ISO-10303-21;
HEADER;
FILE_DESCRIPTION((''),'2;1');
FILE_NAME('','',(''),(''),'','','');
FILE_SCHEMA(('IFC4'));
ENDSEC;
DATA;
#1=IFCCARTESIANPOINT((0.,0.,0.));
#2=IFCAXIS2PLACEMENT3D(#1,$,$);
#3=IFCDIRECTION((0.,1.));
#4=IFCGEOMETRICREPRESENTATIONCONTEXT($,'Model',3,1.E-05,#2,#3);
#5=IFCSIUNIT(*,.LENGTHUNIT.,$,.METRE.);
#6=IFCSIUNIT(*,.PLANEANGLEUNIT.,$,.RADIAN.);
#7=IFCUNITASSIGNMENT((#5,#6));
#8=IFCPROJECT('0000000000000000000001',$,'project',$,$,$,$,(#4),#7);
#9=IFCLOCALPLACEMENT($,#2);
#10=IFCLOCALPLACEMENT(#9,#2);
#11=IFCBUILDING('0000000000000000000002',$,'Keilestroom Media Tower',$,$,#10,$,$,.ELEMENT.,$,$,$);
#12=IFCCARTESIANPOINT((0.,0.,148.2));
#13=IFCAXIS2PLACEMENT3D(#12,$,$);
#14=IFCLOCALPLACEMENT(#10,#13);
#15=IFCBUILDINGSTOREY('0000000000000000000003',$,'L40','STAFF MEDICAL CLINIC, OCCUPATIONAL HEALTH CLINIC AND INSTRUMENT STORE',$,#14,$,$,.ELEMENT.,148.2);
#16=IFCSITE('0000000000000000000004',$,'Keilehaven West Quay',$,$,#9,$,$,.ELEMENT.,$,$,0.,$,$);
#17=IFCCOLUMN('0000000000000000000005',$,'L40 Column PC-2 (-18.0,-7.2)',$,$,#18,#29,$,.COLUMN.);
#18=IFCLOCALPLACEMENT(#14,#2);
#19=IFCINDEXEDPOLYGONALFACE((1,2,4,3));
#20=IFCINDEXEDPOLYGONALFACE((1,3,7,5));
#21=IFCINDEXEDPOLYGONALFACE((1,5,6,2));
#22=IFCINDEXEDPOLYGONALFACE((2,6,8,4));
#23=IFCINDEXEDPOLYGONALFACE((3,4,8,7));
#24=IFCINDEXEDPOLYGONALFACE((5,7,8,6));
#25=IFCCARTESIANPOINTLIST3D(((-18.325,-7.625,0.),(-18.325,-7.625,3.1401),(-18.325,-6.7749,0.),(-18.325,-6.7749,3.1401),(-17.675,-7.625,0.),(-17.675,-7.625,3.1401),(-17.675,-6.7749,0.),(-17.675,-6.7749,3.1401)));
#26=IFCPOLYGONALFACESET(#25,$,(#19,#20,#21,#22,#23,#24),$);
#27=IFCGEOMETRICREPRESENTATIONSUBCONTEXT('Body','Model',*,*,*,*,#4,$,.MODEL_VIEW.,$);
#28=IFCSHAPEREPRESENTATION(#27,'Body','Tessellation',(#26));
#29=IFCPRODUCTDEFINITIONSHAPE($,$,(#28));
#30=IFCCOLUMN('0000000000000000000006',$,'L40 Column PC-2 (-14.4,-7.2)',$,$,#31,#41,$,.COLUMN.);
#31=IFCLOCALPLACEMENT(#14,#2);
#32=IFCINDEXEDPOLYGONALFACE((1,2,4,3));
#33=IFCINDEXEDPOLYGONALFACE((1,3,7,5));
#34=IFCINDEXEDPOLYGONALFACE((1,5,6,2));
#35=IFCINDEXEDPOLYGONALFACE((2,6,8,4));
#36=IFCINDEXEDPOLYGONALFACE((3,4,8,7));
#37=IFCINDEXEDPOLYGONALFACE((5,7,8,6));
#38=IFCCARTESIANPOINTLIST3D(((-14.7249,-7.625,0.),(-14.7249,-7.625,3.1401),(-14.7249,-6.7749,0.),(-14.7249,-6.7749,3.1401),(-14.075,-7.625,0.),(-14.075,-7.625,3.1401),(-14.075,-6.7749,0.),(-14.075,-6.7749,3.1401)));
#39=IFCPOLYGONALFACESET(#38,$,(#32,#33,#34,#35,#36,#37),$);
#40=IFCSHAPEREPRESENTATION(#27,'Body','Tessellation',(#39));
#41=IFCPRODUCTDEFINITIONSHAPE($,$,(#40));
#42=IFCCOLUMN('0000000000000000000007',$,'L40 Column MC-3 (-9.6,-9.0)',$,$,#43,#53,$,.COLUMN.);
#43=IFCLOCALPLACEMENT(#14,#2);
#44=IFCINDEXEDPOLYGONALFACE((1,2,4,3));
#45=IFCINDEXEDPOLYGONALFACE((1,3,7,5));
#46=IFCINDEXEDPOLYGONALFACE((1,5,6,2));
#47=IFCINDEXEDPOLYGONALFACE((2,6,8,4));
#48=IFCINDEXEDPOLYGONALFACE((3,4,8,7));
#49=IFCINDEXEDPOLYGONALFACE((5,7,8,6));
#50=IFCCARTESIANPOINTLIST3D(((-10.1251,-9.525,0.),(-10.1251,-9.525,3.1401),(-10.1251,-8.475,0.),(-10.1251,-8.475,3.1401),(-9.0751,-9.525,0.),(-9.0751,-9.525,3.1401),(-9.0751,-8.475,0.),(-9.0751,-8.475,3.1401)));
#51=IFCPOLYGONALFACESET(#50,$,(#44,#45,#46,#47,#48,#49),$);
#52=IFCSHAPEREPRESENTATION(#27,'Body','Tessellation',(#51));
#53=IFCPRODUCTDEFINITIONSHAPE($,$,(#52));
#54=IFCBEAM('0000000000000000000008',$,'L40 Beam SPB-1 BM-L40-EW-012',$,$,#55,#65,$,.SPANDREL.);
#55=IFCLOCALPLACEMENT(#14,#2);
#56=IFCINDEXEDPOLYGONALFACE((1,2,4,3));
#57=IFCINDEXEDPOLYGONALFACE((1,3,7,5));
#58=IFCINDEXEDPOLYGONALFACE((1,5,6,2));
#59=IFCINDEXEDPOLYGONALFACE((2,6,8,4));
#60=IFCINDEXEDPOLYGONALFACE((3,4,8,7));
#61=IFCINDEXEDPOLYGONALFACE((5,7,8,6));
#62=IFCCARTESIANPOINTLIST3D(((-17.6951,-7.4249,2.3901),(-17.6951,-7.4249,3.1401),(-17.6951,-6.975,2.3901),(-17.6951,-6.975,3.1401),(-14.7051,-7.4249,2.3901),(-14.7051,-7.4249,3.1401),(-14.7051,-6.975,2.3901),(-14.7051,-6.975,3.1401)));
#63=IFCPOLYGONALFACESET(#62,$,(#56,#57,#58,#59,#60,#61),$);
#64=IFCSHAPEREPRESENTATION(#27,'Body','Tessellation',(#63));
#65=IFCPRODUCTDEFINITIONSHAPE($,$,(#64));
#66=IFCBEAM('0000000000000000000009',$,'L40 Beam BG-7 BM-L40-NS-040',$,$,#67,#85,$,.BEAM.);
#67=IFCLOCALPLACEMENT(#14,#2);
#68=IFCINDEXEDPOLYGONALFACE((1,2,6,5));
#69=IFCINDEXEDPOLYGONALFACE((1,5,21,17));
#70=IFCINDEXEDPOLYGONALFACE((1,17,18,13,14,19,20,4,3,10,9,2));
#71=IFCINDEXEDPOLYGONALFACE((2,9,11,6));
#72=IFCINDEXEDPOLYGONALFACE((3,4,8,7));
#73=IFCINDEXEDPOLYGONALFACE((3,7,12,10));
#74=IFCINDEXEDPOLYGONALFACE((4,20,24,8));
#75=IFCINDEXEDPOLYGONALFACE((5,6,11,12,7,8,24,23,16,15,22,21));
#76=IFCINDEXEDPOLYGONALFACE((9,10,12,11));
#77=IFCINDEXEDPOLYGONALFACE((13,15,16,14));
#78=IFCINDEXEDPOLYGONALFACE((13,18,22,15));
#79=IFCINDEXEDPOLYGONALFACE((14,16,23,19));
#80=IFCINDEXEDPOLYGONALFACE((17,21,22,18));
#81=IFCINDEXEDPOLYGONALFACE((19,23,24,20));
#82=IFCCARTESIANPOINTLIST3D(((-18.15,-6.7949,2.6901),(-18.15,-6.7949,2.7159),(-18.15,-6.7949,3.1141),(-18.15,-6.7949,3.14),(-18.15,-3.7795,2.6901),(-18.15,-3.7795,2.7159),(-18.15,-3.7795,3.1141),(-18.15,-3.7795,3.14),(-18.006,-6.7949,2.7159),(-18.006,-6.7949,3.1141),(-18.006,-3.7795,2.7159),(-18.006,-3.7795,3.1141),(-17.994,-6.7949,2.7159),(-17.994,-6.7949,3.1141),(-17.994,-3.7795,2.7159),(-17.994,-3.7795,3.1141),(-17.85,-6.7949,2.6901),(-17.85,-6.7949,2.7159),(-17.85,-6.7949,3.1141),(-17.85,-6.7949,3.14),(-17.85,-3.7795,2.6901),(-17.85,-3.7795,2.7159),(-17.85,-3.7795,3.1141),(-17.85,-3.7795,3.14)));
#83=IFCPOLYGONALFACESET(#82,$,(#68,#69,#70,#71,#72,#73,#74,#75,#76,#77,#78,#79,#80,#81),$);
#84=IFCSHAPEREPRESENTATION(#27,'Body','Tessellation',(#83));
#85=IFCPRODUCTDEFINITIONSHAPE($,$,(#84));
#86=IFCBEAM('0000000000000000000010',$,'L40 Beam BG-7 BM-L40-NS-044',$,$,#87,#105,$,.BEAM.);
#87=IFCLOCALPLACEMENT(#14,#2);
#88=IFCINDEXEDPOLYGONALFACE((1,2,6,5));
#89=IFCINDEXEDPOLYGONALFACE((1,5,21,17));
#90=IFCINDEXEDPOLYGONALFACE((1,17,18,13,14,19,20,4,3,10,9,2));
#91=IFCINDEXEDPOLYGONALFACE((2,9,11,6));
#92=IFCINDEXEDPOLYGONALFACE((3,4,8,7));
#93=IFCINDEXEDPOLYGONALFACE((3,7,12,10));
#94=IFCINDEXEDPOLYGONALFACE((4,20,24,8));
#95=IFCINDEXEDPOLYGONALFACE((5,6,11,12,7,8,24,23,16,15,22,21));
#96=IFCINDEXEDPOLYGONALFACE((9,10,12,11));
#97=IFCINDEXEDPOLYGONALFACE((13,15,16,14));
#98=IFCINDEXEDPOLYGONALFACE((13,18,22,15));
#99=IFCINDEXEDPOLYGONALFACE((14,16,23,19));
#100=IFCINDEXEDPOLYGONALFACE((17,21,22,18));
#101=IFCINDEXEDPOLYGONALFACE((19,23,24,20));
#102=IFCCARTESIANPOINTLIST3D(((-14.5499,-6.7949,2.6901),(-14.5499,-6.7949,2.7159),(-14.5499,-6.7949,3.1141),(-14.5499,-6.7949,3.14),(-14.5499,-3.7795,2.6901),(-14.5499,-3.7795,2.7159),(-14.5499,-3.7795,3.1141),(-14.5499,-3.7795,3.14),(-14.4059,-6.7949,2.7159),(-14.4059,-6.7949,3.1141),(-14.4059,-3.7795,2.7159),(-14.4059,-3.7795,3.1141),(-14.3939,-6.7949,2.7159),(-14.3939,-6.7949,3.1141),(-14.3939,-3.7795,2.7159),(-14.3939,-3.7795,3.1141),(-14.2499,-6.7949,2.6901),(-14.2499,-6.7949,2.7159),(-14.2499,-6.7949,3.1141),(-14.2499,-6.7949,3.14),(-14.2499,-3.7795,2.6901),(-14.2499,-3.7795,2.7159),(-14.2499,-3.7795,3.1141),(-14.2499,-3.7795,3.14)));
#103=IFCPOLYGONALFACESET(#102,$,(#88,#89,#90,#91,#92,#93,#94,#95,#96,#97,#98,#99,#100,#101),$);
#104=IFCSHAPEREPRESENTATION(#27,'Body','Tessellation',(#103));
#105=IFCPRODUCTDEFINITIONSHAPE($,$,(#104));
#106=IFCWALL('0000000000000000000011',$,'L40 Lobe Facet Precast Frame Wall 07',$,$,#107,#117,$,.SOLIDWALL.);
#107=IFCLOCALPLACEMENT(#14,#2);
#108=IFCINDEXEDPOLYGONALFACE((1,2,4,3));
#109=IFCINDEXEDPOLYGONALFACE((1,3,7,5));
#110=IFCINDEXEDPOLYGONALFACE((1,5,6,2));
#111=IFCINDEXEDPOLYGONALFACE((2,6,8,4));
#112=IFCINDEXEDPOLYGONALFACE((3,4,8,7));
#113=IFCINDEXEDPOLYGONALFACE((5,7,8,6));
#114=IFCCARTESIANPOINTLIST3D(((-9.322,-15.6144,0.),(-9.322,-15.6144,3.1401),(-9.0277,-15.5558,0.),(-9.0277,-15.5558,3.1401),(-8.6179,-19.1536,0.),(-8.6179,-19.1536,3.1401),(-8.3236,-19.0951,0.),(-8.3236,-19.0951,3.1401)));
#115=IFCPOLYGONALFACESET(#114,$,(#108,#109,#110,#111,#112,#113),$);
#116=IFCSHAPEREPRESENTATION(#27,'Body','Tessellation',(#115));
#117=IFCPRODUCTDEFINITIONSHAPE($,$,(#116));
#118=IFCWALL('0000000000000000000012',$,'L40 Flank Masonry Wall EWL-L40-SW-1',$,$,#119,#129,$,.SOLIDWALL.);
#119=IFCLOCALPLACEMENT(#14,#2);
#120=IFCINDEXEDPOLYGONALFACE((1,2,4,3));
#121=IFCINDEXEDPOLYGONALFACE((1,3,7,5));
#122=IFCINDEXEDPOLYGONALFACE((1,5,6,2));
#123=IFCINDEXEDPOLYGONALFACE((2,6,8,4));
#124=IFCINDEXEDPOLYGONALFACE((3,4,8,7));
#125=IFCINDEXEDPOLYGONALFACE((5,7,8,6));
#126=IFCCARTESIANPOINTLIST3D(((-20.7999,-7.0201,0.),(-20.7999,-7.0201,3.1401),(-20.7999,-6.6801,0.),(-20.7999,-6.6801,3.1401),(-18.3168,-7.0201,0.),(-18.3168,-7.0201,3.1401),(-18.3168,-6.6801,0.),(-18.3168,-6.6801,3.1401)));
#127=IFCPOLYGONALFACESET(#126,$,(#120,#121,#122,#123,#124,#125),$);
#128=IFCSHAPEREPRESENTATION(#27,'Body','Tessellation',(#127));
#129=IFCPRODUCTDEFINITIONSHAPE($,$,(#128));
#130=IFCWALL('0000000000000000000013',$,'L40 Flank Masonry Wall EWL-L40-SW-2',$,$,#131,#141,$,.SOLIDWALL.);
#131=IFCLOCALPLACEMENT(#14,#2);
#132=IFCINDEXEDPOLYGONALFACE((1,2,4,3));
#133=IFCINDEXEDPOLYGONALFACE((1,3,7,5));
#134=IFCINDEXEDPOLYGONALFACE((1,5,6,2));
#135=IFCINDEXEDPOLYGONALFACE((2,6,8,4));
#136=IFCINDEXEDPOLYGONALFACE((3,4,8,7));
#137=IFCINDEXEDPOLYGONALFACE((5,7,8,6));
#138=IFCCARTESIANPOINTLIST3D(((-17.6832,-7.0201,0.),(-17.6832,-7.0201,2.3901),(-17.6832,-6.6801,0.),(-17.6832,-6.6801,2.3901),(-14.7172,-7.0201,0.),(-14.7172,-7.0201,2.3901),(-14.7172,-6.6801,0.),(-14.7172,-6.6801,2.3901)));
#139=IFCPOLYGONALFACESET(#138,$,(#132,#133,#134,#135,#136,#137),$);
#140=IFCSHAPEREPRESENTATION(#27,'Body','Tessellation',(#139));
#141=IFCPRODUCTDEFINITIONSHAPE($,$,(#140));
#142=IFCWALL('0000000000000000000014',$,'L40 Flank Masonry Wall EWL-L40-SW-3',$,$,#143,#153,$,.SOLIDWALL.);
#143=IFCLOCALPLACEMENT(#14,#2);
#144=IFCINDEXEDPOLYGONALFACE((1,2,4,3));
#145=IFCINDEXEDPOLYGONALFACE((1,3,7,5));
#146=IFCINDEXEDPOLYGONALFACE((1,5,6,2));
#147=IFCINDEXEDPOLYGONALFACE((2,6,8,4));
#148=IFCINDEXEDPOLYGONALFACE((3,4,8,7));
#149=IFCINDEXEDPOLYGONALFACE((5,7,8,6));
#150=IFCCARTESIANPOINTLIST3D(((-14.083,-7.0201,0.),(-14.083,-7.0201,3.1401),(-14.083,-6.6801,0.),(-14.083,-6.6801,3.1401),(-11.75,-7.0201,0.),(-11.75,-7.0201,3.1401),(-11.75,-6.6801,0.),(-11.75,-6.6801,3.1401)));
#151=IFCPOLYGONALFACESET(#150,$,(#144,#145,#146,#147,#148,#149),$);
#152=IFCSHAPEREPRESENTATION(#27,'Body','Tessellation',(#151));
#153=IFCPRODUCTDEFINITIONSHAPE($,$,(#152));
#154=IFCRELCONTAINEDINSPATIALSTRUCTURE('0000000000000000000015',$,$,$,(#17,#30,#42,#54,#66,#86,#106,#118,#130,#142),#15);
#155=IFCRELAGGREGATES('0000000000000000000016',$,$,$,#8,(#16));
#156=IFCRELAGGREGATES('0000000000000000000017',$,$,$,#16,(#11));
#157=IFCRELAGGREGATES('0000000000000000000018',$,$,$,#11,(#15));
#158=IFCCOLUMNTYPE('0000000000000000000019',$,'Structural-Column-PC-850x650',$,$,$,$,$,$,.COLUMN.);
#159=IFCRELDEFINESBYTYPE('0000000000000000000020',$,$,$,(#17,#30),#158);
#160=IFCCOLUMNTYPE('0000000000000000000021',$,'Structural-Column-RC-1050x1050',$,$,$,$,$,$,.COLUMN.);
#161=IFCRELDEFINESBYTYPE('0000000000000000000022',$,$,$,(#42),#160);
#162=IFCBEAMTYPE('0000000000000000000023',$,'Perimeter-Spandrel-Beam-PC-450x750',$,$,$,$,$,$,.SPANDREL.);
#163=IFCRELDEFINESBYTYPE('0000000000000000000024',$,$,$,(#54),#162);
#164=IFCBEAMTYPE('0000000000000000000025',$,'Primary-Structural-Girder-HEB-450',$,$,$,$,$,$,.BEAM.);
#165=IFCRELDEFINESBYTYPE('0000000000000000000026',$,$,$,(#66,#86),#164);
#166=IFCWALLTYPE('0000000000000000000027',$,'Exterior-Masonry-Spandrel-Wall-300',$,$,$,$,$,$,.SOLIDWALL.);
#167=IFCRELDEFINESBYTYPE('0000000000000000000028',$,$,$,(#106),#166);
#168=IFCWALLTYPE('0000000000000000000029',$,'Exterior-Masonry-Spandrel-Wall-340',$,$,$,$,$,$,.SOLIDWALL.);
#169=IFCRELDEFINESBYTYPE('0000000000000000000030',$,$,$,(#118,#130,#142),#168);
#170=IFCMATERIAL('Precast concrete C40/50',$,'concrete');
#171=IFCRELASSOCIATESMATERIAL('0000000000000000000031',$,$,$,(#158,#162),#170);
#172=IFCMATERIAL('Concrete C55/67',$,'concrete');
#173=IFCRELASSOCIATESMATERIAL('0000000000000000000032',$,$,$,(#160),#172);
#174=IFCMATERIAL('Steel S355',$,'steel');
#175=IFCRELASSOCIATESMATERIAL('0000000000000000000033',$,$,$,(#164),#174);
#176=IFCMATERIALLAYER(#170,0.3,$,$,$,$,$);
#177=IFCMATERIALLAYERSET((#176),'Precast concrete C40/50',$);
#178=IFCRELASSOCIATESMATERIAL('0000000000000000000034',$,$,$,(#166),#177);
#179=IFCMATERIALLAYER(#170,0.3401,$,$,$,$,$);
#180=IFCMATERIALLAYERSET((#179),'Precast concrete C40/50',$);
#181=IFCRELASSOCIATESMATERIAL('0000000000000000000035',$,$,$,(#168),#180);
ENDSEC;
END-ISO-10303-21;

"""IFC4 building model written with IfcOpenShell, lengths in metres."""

from ifc_helpers import new_model, si_unit, direction, frame, frame_2d, origin, origin_2d, place, context, subcontext, project, spatial, rectangle, i_section, extrude, source, transform, mapped, material, layer, layer_set, material_profile, profile_set, type_object, element, save


model = new_model("IFC4")

# Units and contexts
model_context = context("Model", 3, precision=1e-05, world=origin(), true_north=direction((0.0, 1.0)))
body_context = subcontext(model_context, "Body", "Model", "MODEL_VIEW")
ifc_project = project(units=[si_unit("LENGTHUNIT", "METRE"), si_unit("PLANEANGLEUNIT", "RADIAN")], contexts=[model_context])

# Site, building, storey
site_placement = place(None, origin())
site = spatial("IfcSite", under=ifc_project, at=site_placement, Name="Keilehaven West Quay", CompositionType="ELEMENT", RefElevation=0.0)
building_placement = place(site_placement, origin())
building = spatial("IfcBuilding", under=site, at=building_placement, Name="Keilestroom Media Tower", CompositionType="ELEMENT")
storey_placement = place(building_placement, frame((0.0, 0.0, 148.2)))
storey = spatial("IfcBuildingStorey", under=building, at=storey_placement, Name="L40", Description="STAFF MEDICAL CLINIC, OCCUPATIONAL HEALTH CLINIC AND INSTRUMENT STORE", CompositionType="ELEMENT", Elevation=148.2)

# Columns
ifc_material_1 = material(Name="Precast concrete C40/50", Category="concrete")
ifc_material_profile_1 = material_profile(ifc_material_1, rectangle(XDim=0.6499, YDim=0.8501, at=origin_2d()), Name="PC 850x650")
ifc_profile_set_1 = profile_set([ifc_material_profile_1], Name="Precast concrete C40/50")
column_type_1 = type_object("IfcColumnType", Name="Structural-Column-PC-850x650", PredefinedType="COLUMN", material=ifc_profile_set_1)
shared_shape_1 = source(origin(), body_context, "Body", "SweptSolid", [
    extrude(rectangle(XDim=0.6499, YDim=0.8501, at=origin_2d()), origin(), (0.0, 0.0, 1.0), 3.1401),
])
for number, where, z_axis, x_axis, name in (
    (1, (-18.0, -7.2, 0.0), (0.0, 0.0, 1.0), (1.0, 0.0, 0.0), "L40 Column PC-2 (-18.0,-7.2)"),
    (2, (-14.3999, -7.2, 0.0), (0.0, 0.0, 1.0), (1.0, 0.0, 0.0), "L40 Column PC-2 (-14.4,-7.2)"),
):
    element("IfcColumn", number, at=place(storey_placement, frame(where, z_axis=z_axis, x_axis=x_axis)), inside=storey, type_object=column_type_1, Name=name, PredefinedType="COLUMN", context=body_context, shape_type="MappedRepresentation", body=[
        mapped(shared_shape_1, transform((0.0, 0.0, 0.0), x_axis=(1.0, 0.0, 0.0), y_axis=(0.0, 1.0, 0.0), z_axis=(0.0, 0.0, 1.0), scale=1.0)),
    ])
ifc_material_2 = material(Name="Concrete C55/67", Category="concrete")
ifc_material_profile_2 = material_profile(ifc_material_2, rectangle(XDim=1.05, YDim=1.05, at=origin_2d()), Name="RC 1050x1050")
ifc_profile_set_2 = profile_set([ifc_material_profile_2], Name="Concrete C55/67")
column_type_2 = type_object("IfcColumnType", Name="Structural-Column-RC-1050x1050", PredefinedType="COLUMN", material=ifc_profile_set_2)
shared_shape_2 = source(origin(), body_context, "Body", "SweptSolid", [
    extrude(rectangle(XDim=1.05, YDim=1.05, at=origin_2d()), origin(), (0.0, 0.0, 1.0), 3.1401),
])
column_placement = place(storey_placement, frame((-9.6001, -9.0, 0.0), z_axis=(0.0, 0.0, 1.0), x_axis=(1.0, 0.0, 0.0)))
element("IfcColumn", 3, at=column_placement, inside=storey, type_object=column_type_2, Name="L40 Column MC-3 (-9.6,-9.0)", PredefinedType="COLUMN", context=body_context, shape_type="MappedRepresentation", body=[
    mapped(shared_shape_2, transform((0.0, 0.0, 0.0), x_axis=(1.0, 0.0, 0.0), y_axis=(0.0, 1.0, 0.0), z_axis=(0.0, 0.0, 1.0), scale=1.0)),
])

# Beams
ifc_material_profile_3 = material_profile(ifc_material_1, rectangle(XDim=0.45, YDim=0.75, at=origin_2d()), Name="PC 450x750")
ifc_profile_set_3 = profile_set([ifc_material_profile_3], Name="Precast concrete C40/50")
beam_type_1 = type_object("IfcBeamType", Name="Perimeter-Spandrel-Beam-PC-450x750", PredefinedType="SPANDREL", material=ifc_profile_set_3)
shared_shape_3 = source(origin(), body_context, "Body", "SweptSolid", [
    extrude(rectangle(XDim=0.45, YDim=0.75, at=origin_2d()), origin(), (0.0, 0.0, 1.0), 2.99),
])
beam_placement = place(storey_placement, frame((-17.6951, -7.2, 2.7651), z_axis=(1.0, 0.0, 0.0), x_axis=(0.0, 1.0, 0.0)))
element("IfcBeam", 4, at=beam_placement, inside=storey, type_object=beam_type_1, Name="L40 Beam SPB-1 BM-L40-EW-012", PredefinedType="SPANDREL", context=body_context, shape_type="MappedRepresentation", body=[
    mapped(shared_shape_3, transform((0.0, 0.0, 0.0), x_axis=(1.0, 0.0, 0.0), y_axis=(0.0, 1.0, 0.0), z_axis=(0.0, 0.0, 1.0), scale=1.0)),
])
ifc_material_3 = material(Name="Steel S355", Category="steel")
ifc_material_profile_4 = material_profile(ifc_material_3, i_section(OverallWidth=0.3, OverallDepth=0.45, WebThickness=0.012, FlangeThickness=0.0259, at=origin_2d()), Name="HEB 450")
ifc_profile_set_4 = profile_set([ifc_material_profile_4], Name="Steel S355")
beam_type_2 = type_object("IfcBeamType", Name="Primary-Structural-Girder-HEB-450", PredefinedType="BEAM", material=ifc_profile_set_4)
shared_shape_4 = source(origin(), body_context, "Body", "SweptSolid", [
    extrude(i_section(OverallWidth=0.3, OverallDepth=0.45, WebThickness=0.012, FlangeThickness=0.0259, at=origin_2d()), origin(), (0.0, 0.0, 1.0), 3.0154),
])
for number, where, z_axis, x_axis, name in (
    (5, (-18.0, -6.7949, 2.915), (0.0, 1.0, 0.0), (-1.0, 0.0, 0.0), "L40 Beam BG-7 BM-L40-NS-040"),
    (6, (-14.3999, -6.7949, 2.915), (0.0, 1.0, 0.0), (-1.0, 0.0, 0.0), "L40 Beam BG-7 BM-L40-NS-044"),
):
    element("IfcBeam", number, at=place(storey_placement, frame(where, z_axis=z_axis, x_axis=x_axis)), inside=storey, type_object=beam_type_2, Name=name, PredefinedType="BEAM", context=body_context, shape_type="MappedRepresentation", body=[
        mapped(shared_shape_4, transform((0.0, 0.0, 0.0), x_axis=(1.0, 0.0, 0.0), y_axis=(0.0, 1.0, 0.0), z_axis=(0.0, 0.0, 1.0), scale=1.0)),
    ])

# Walls
ifc_layer_1 = layer(ifc_material_1, 0.3)
ifc_layer_set_1 = layer_set([ifc_layer_1], Name="Precast concrete C40/50")
wall_type_1 = type_object("IfcWallType", Name="Exterior-Masonry-Spandrel-Wall-300", PredefinedType="SOLIDWALL", material=ifc_layer_set_1)
wall_1_placement = place(storey_placement, frame((-9.1748, -15.5852, 0.0), z_axis=(0.0, 0.0, 1.0), x_axis=(0.195114, -0.980781, 0.0)))
element("IfcWall", 7, at=wall_1_placement, inside=storey, type_object=wall_type_1, Name="L40 Lobe Facet Precast Frame Wall 07", PredefinedType="SOLIDWALL", context=body_context, shape_type="SweptSolid", body=[
    extrude(rectangle(XDim=3.6086, YDim=0.3, at=frame_2d((1.8042, 0.0))), origin(), (0.0, 0.0, 1.0), 3.1401),
])
ifc_layer_2 = layer(ifc_material_1, 0.3401)
ifc_layer_set_2 = layer_set([ifc_layer_2], Name="Precast concrete C40/50")
wall_type_2 = type_object("IfcWallType", Name="Exterior-Masonry-Spandrel-Wall-340", PredefinedType="SOLIDWALL", material=ifc_layer_set_2)
wall_2_placement = place(storey_placement, frame((-20.8, -6.8501, 0.0), z_axis=(0.0, 0.0, 1.0), x_axis=(1.0, 0.0, 0.0)))
element("IfcWall", 8, at=wall_2_placement, inside=storey, type_object=wall_type_2, Name="L40 Flank Masonry Wall EWL-L40-SW-1", PredefinedType="SOLIDWALL", context=body_context, shape_type="SweptSolid", body=[
    extrude(rectangle(XDim=2.4832, YDim=0.3401, at=frame_2d((1.2417, 0.0))), origin(), (0.0, 0.0, 1.0), 3.1401),
])
wall_3_placement = place(storey_placement, frame((-17.6831, -6.8501, 0.0), z_axis=(0.0, 0.0, 1.0), x_axis=(1.0, 0.0, 0.0)))
element("IfcWall", 9, at=wall_3_placement, inside=storey, type_object=wall_type_2, Name="L40 Flank Masonry Wall EWL-L40-SW-2", PredefinedType="SOLIDWALL", context=body_context, shape_type="SweptSolid", body=[
    extrude(rectangle(XDim=2.9661, YDim=0.3401, at=frame_2d((1.4829, 0.0))), origin(), (0.0, 0.0, 1.0), 2.3901),
])
wall_4_placement = place(storey_placement, frame((-14.083, -6.8501, 0.0), z_axis=(0.0, 0.0, 1.0), x_axis=(1.0, 0.0, 0.0)))
element("IfcWall", 10, at=wall_4_placement, inside=storey, type_object=wall_type_2, Name="L40 Flank Masonry Wall EWL-L40-SW-3", PredefinedType="SOLIDWALL", context=body_context, shape_type="SweptSolid", body=[
    extrude(rectangle(XDim=2.333, YDim=0.3401, at=frame_2d((1.1665, 0.0))), origin(), (0.0, 0.0, 1.0), 3.1401),
])

save(model, "model.ifc")
